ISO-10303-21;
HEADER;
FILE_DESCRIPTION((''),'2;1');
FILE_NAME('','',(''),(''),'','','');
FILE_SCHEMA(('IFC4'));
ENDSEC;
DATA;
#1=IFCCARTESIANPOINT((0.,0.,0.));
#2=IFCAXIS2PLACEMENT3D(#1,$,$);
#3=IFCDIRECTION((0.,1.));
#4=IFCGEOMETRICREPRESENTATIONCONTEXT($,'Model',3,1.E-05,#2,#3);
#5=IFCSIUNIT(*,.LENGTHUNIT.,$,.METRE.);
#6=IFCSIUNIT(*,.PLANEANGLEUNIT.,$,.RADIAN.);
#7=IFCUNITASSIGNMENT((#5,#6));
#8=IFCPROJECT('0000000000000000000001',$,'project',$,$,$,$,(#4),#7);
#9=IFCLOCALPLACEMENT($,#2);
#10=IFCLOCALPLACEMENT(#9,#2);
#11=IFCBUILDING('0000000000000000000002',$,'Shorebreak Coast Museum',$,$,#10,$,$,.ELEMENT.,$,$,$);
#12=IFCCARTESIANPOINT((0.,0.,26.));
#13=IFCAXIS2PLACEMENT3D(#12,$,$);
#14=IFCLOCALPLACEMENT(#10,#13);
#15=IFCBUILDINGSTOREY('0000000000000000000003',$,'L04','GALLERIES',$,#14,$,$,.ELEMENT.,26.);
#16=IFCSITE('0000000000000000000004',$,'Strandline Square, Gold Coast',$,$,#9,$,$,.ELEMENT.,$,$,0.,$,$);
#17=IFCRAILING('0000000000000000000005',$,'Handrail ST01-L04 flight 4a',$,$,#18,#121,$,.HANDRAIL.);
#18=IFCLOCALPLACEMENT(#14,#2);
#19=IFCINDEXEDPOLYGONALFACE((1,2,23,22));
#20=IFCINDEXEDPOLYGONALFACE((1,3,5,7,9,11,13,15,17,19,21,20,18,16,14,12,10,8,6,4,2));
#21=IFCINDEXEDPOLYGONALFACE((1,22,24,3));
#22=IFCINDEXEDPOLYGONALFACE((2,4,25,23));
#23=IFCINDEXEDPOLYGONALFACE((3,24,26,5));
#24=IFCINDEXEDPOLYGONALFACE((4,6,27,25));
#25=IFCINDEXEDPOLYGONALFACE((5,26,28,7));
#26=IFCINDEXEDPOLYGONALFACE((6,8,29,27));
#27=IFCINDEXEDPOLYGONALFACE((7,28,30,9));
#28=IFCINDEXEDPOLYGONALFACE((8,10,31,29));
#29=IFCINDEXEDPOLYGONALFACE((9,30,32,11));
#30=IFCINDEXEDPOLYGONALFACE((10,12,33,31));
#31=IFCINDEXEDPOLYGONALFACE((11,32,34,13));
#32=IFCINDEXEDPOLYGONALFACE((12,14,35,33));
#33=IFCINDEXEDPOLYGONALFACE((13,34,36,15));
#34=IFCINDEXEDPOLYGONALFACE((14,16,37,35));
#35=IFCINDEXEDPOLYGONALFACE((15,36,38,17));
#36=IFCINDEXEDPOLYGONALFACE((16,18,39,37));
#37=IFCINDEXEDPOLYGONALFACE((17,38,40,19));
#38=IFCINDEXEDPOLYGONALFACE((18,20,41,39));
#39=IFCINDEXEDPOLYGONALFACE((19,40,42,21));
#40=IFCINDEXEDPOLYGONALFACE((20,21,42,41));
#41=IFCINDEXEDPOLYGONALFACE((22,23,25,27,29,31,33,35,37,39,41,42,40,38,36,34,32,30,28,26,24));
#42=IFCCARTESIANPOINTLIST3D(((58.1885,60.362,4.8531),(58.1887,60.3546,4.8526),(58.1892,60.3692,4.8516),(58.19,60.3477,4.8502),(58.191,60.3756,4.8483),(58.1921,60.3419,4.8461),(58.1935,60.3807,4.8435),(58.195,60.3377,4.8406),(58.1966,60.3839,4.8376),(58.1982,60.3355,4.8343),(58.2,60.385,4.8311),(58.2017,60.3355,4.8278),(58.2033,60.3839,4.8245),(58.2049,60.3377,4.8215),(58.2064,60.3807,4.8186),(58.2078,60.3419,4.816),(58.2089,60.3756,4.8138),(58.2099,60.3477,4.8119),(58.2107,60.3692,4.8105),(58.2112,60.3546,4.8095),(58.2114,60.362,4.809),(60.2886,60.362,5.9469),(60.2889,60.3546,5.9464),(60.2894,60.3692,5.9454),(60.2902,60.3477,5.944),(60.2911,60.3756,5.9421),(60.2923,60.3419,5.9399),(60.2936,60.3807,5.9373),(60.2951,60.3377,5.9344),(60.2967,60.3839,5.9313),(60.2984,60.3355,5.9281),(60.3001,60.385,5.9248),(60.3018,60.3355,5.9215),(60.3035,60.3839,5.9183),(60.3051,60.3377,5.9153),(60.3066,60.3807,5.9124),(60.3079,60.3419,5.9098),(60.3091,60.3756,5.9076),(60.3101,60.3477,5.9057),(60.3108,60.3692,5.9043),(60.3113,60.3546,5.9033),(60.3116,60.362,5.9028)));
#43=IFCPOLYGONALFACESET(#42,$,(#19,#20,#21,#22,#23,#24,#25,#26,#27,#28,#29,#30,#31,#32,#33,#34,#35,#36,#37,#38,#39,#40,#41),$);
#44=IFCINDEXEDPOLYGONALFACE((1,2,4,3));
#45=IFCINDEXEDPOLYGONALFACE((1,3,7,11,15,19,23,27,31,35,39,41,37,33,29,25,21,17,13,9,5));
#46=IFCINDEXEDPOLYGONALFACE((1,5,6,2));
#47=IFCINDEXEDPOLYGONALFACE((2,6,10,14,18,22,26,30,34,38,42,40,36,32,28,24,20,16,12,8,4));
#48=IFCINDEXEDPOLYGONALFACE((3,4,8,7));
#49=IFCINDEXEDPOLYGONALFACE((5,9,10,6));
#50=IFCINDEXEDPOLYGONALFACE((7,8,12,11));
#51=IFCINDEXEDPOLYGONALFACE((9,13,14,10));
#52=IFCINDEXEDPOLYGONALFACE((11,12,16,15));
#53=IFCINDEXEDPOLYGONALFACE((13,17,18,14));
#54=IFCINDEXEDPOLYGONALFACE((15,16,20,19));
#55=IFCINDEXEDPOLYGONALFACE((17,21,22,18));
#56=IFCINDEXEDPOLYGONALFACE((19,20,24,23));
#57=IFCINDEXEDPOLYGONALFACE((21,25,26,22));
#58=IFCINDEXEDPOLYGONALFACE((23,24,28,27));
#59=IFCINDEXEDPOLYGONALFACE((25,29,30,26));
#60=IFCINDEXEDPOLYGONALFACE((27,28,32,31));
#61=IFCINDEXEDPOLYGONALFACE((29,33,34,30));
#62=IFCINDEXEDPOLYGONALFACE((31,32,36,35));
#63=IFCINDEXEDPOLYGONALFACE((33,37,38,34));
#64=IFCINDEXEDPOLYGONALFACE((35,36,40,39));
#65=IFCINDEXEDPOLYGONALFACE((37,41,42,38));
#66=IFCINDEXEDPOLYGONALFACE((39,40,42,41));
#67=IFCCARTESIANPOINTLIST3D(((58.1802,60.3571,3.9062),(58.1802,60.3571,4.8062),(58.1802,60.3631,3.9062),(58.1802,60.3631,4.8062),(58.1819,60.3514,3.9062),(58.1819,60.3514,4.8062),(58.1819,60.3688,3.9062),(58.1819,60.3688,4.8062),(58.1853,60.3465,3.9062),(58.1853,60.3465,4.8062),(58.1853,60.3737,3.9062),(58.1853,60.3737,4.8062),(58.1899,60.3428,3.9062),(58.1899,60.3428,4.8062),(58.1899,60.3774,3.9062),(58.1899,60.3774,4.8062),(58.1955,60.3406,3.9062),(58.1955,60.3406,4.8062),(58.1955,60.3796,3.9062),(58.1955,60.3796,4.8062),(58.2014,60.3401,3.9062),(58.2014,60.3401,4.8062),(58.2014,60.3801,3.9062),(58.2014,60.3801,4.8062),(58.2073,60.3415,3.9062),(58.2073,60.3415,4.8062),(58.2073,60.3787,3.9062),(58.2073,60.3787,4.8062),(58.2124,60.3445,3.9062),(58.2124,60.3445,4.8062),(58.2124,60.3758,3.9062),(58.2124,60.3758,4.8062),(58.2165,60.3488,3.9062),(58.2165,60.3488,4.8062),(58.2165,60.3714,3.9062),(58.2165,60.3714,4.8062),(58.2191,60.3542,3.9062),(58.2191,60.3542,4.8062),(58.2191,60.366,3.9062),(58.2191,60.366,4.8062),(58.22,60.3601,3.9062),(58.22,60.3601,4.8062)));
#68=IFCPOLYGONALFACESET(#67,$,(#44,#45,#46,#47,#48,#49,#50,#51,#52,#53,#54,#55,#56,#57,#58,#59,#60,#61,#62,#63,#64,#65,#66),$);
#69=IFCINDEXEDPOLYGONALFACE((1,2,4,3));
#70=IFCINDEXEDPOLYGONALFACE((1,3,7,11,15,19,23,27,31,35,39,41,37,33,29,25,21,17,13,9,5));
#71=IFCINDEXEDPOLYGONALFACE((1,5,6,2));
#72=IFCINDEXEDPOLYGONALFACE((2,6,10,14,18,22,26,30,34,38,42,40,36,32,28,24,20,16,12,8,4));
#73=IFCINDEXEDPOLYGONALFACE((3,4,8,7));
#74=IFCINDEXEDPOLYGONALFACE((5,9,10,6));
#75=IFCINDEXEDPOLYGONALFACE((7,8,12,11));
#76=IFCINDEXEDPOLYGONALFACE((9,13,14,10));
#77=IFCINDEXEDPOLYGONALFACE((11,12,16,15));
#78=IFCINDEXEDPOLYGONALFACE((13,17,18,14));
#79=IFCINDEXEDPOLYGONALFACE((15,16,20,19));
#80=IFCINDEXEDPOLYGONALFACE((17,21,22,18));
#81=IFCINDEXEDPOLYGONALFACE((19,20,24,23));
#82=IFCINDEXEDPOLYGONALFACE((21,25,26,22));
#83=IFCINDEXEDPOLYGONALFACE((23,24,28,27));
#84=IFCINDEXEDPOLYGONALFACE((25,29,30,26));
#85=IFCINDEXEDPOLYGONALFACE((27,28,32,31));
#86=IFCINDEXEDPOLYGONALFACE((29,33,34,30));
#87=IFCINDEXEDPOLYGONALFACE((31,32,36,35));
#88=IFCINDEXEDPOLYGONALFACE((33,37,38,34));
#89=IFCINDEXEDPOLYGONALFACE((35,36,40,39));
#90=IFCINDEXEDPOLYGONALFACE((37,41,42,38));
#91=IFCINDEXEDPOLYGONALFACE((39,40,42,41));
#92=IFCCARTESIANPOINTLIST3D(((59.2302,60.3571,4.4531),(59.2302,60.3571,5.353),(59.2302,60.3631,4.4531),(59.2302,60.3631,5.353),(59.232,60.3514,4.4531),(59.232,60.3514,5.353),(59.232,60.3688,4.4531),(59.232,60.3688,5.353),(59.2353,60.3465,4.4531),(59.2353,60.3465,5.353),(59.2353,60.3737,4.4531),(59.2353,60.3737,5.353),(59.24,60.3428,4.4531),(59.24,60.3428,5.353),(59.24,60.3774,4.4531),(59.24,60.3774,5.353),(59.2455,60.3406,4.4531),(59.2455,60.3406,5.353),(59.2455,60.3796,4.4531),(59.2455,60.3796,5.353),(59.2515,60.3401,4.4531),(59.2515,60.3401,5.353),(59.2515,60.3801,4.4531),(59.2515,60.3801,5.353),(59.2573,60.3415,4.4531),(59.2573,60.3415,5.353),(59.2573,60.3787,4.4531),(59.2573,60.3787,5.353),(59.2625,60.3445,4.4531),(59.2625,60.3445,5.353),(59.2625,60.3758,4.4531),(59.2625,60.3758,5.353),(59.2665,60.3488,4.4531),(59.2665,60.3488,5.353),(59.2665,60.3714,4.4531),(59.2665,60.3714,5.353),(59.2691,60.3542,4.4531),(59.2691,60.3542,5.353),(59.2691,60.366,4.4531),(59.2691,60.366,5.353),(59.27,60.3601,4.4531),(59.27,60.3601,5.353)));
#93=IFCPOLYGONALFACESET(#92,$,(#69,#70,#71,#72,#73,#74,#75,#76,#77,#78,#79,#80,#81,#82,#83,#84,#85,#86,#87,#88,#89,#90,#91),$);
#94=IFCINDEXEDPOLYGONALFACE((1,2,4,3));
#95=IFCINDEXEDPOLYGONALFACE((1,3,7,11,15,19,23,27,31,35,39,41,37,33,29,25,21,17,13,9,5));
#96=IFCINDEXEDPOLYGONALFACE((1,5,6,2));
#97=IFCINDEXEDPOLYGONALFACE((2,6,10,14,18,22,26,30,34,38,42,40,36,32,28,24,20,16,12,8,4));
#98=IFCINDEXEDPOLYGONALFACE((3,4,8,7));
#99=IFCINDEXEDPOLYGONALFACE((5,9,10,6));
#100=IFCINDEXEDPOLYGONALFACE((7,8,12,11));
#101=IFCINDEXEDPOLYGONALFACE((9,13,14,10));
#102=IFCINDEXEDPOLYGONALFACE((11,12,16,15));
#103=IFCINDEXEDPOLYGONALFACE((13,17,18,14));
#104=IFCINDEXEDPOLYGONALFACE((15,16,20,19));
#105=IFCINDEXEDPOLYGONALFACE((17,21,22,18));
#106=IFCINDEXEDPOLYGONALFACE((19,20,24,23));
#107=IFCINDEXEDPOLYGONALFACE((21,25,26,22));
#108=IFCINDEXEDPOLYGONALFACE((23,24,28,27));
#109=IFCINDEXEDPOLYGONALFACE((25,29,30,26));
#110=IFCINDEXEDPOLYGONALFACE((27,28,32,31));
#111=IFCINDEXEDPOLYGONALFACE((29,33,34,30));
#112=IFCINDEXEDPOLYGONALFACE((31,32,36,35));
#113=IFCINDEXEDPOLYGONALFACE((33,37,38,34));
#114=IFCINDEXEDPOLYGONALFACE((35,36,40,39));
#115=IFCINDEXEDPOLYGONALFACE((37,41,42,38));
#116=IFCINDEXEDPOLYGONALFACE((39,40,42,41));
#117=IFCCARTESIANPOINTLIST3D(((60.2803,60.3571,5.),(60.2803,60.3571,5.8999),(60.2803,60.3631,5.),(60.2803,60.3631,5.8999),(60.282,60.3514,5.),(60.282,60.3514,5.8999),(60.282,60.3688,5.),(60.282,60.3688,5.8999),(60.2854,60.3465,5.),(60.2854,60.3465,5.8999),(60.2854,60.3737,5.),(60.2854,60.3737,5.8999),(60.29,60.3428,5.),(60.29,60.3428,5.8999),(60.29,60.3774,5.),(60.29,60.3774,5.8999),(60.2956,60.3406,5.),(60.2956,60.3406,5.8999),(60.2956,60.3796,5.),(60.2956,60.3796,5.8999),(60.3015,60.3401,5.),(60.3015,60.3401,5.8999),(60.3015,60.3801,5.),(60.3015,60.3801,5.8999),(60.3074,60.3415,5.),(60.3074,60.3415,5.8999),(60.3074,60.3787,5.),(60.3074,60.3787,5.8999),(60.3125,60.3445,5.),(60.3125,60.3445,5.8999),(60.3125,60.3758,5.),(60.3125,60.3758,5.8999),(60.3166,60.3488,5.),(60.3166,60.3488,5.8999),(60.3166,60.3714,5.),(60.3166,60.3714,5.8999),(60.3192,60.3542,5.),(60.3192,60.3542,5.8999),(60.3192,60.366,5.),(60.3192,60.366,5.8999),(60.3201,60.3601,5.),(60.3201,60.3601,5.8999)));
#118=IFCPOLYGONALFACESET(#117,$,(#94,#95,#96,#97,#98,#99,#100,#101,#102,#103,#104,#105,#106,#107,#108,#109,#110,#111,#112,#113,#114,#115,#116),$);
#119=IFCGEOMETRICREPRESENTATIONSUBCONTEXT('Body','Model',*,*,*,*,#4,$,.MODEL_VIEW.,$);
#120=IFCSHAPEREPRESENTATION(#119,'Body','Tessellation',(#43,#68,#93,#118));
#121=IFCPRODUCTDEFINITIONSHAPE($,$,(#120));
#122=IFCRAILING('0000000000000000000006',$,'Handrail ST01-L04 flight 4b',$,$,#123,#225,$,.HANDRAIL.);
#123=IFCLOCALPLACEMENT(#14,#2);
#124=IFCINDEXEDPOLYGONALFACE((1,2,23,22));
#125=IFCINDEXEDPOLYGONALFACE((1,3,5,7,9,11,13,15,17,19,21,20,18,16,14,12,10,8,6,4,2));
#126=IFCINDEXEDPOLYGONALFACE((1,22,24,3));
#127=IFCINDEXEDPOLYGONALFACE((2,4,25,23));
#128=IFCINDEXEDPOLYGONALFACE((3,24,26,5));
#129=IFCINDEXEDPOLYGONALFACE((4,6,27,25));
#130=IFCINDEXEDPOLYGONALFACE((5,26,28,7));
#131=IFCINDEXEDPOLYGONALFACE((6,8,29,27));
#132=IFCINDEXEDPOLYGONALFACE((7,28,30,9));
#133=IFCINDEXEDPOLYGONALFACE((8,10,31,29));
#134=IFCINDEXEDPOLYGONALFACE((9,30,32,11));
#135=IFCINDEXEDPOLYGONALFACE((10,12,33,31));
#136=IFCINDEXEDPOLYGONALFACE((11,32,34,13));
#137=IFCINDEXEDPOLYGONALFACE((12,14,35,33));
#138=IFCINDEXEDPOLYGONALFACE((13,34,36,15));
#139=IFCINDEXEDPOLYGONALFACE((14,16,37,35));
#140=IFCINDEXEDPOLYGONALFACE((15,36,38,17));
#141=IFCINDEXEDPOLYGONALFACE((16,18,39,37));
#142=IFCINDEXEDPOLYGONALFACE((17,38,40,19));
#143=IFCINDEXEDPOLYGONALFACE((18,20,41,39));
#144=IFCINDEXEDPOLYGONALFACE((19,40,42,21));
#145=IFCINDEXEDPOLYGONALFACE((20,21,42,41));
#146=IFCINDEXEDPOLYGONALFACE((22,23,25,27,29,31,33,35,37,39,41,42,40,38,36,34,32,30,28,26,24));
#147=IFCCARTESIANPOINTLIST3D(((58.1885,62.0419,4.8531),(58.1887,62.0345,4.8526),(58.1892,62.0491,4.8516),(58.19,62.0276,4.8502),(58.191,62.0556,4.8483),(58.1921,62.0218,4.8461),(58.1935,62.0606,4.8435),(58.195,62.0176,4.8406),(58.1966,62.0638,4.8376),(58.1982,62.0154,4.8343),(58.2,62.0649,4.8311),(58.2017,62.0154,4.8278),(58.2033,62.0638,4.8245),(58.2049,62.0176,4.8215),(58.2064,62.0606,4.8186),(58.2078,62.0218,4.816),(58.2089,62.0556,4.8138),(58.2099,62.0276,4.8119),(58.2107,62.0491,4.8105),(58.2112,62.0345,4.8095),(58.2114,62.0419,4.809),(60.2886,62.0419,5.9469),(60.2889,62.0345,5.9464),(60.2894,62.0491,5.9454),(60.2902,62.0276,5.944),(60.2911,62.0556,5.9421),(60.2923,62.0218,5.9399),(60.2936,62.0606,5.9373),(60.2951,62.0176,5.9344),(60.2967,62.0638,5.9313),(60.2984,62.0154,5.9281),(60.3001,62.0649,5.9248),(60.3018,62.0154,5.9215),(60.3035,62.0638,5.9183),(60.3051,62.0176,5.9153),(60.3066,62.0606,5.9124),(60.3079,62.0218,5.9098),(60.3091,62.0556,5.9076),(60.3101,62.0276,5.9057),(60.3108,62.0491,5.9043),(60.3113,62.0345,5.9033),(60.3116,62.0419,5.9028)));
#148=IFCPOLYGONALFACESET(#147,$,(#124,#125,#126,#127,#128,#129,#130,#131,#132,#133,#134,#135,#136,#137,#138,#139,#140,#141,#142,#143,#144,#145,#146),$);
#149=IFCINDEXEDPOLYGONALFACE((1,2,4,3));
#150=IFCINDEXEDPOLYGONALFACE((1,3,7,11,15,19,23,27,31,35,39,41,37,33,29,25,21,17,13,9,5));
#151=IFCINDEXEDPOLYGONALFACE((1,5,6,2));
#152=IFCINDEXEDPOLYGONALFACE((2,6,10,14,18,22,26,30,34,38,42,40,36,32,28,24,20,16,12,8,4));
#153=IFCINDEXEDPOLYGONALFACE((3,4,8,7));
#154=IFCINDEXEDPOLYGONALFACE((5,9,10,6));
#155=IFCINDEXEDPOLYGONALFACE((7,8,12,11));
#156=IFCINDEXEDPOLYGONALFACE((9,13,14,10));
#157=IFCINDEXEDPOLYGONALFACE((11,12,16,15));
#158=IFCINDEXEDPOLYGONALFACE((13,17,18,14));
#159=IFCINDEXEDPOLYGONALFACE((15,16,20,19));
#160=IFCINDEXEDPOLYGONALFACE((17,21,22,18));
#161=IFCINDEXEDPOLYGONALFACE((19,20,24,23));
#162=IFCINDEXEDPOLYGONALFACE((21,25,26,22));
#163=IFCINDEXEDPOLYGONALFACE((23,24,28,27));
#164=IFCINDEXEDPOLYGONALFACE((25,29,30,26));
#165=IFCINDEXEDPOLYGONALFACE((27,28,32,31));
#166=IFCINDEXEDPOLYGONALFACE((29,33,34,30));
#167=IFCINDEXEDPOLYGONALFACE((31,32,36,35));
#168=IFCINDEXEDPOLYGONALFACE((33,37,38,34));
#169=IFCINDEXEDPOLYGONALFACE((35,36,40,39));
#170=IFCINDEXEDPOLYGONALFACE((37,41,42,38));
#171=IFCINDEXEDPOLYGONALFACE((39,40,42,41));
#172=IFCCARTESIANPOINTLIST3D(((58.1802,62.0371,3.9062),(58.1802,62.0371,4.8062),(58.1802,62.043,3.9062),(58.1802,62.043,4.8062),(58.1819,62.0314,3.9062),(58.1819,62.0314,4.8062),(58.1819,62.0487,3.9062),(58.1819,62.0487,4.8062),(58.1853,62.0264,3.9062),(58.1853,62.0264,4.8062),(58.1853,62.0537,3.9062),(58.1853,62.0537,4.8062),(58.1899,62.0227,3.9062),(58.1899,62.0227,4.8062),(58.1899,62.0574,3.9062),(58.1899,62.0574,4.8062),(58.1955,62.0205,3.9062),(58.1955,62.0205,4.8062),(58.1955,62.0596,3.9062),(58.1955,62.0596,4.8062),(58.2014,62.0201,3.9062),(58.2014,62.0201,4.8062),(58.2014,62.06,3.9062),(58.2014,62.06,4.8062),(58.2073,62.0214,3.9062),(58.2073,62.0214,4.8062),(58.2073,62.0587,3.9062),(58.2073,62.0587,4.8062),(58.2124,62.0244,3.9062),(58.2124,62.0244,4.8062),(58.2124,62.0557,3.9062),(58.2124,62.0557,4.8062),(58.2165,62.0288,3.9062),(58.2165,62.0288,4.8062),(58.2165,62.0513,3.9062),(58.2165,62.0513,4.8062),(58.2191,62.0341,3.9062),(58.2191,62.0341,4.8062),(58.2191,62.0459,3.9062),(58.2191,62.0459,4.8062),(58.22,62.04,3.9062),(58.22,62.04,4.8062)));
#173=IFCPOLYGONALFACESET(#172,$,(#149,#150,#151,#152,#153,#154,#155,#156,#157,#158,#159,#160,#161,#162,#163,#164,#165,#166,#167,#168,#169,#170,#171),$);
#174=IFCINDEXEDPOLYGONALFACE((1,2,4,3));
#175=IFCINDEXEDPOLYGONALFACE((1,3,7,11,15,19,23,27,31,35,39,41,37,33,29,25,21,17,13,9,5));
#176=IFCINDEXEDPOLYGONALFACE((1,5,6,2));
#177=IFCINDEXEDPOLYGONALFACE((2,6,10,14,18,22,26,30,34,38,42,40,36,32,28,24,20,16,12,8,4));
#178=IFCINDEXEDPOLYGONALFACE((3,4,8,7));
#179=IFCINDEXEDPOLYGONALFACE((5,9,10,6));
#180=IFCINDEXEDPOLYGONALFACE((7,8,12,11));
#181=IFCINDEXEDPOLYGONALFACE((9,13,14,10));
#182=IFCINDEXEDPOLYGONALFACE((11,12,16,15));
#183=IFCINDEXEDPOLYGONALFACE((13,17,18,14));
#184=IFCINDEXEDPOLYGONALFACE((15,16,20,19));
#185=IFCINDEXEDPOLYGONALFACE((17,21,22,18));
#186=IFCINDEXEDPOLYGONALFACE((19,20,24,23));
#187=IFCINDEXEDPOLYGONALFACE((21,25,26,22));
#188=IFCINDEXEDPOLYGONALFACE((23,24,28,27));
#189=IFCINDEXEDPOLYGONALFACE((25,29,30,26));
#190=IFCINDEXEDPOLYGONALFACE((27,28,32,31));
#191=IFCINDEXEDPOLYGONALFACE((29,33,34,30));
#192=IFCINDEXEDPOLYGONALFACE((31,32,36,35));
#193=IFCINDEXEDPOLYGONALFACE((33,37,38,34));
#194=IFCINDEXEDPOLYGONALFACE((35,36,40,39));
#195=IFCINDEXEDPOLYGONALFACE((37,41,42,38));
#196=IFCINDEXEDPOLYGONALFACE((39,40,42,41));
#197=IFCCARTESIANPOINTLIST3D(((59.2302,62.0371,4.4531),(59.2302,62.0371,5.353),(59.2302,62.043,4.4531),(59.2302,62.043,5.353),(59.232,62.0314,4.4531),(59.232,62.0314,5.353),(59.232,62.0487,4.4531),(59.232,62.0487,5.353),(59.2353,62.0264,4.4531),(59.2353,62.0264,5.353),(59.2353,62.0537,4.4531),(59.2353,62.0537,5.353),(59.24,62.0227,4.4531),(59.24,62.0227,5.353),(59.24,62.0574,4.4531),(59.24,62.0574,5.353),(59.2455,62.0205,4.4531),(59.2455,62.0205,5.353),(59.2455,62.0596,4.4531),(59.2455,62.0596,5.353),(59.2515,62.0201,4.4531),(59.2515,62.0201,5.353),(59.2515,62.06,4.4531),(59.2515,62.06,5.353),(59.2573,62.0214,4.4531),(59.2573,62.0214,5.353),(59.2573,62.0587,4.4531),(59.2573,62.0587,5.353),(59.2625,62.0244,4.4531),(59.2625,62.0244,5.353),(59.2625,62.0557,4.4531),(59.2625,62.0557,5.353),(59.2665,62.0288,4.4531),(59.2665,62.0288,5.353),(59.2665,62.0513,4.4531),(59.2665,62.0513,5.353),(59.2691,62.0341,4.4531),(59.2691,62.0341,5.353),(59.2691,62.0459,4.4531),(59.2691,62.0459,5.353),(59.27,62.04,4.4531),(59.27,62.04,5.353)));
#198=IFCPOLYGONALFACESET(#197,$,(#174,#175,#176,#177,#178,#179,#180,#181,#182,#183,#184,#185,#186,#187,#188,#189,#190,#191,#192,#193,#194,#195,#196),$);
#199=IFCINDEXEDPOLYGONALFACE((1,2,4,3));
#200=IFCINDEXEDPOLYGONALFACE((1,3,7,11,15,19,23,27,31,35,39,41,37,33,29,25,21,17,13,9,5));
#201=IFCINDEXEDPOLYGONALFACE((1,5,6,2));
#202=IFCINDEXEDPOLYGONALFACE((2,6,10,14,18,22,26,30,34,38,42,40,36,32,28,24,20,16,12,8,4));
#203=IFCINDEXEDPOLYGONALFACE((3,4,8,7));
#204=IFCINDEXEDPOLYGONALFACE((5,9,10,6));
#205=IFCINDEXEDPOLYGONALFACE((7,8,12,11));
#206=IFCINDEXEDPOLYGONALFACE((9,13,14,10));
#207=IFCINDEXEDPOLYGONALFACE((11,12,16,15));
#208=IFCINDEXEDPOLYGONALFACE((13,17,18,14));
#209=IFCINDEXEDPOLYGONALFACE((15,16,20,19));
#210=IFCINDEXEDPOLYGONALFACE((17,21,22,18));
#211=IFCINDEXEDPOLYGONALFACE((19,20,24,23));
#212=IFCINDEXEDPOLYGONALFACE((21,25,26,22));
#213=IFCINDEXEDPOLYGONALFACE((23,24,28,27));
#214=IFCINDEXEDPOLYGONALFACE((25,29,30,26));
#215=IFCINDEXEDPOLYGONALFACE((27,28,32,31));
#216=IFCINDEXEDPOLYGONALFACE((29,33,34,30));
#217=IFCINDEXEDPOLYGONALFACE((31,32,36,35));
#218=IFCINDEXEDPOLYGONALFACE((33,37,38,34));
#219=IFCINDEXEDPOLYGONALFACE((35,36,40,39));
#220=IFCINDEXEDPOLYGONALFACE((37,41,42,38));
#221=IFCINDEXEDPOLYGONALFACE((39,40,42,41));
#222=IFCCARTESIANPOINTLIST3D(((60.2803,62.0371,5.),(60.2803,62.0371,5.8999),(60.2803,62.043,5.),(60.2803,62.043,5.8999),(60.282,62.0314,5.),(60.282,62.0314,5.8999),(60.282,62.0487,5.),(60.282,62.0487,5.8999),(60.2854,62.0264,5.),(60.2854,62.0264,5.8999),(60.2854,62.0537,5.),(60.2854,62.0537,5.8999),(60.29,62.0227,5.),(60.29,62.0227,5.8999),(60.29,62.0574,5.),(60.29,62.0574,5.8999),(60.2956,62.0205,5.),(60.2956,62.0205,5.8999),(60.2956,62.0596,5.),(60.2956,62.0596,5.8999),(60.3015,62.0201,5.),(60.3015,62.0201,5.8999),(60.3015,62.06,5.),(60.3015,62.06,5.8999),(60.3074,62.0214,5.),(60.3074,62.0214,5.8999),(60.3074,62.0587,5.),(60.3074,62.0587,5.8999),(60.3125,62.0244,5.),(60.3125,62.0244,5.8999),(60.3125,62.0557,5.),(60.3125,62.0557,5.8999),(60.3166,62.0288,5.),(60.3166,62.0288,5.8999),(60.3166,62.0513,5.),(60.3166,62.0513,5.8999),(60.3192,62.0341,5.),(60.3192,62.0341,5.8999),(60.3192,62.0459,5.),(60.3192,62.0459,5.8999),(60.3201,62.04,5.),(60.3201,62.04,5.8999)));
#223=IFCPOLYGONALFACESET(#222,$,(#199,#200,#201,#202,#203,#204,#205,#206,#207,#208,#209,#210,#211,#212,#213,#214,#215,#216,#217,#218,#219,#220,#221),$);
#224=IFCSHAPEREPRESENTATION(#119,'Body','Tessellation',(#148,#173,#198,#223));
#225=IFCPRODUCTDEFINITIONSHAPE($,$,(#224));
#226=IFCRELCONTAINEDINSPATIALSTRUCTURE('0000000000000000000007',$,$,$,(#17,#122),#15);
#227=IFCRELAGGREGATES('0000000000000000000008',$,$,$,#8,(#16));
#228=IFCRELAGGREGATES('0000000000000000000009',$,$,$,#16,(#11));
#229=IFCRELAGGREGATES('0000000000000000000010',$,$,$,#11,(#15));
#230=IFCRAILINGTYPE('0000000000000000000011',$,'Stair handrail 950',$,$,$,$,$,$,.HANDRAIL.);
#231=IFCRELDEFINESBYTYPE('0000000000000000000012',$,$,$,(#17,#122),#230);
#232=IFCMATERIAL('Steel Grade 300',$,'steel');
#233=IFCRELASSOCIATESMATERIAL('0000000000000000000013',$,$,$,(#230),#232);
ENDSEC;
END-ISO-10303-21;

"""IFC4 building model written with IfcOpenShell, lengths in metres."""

from ifc_helpers import new_model, si_unit, direction, frame, origin, origin_2d, place, context, subcontext, project, spatial, circle, extrude, material, type_object, element, save


model = new_model("IFC4")

# Units and contexts
model_context = context("Model", 3, precision=1e-05, world=origin(), true_north=direction((0.0, 1.0)))
body_context = subcontext(model_context, "Body", "Model", "MODEL_VIEW")
ifc_project = project(units=[si_unit("LENGTHUNIT", "METRE"), si_unit("PLANEANGLEUNIT", "RADIAN")], contexts=[model_context])

# Site, building, storey
site_placement = place(None, origin())
site = spatial("IfcSite", under=ifc_project, at=site_placement, Name="Strandline Square, Gold Coast", CompositionType="ELEMENT", RefElevation=0.0)
building_placement = place(site_placement, origin())
building = spatial("IfcBuilding", under=site, at=building_placement, Name="Shorebreak Coast Museum", CompositionType="ELEMENT")
storey_placement = place(building_placement, frame((0.0, 0.0, 26.0)))
storey = spatial("IfcBuildingStorey", under=building, at=storey_placement, Name="L04", Description="GALLERIES", CompositionType="ELEMENT", Elevation=26.0)

# Railings
ifc_material_1 = material(Name="Steel Grade 300", Category="steel")
railing_type_1 = type_object("IfcRailingType", Name="Stair handrail 950", PredefinedType="HANDRAIL", material=ifc_material_1)
for number, where, name in (
    (1, (58.2, 60.3601, 3.9062), "Handrail ST01-L04 flight 4a"),
    (2, (58.2, 62.04, 3.9062), "Handrail ST01-L04 flight 4b"),
):
    element("IfcRailing", number, at=place(storey_placement, frame(where)), inside=storey, type_object=railing_type_1, Name=name, PredefinedType="HANDRAIL", context=body_context, shape_type="SweptSolid", body=[
        extrude(circle(Radius=0.0249, at=origin_2d()), frame((0.0, 0.0, 0.9248), z_axis=(0.886923, 0.0, 0.461918), x_axis=(0.0, 1.0, 0.0)), (0.0, 0.0, 1.0), 2.3679),
        extrude(circle(Radius=0.02, at=origin_2d()), origin(), (0.0, 0.0, 1.0), 0.8999),
        extrude(circle(Radius=0.02, at=origin_2d()), frame((1.05, 0.0, 0.5469)), (0.0, 0.0, 1.0), 0.8999),
        extrude(circle(Radius=0.02, at=origin_2d()), frame((2.1001, 0.0, 1.0938)), (0.0, 0.0, 1.0), 0.8999),
    ])

save(model, "model.ifc")
